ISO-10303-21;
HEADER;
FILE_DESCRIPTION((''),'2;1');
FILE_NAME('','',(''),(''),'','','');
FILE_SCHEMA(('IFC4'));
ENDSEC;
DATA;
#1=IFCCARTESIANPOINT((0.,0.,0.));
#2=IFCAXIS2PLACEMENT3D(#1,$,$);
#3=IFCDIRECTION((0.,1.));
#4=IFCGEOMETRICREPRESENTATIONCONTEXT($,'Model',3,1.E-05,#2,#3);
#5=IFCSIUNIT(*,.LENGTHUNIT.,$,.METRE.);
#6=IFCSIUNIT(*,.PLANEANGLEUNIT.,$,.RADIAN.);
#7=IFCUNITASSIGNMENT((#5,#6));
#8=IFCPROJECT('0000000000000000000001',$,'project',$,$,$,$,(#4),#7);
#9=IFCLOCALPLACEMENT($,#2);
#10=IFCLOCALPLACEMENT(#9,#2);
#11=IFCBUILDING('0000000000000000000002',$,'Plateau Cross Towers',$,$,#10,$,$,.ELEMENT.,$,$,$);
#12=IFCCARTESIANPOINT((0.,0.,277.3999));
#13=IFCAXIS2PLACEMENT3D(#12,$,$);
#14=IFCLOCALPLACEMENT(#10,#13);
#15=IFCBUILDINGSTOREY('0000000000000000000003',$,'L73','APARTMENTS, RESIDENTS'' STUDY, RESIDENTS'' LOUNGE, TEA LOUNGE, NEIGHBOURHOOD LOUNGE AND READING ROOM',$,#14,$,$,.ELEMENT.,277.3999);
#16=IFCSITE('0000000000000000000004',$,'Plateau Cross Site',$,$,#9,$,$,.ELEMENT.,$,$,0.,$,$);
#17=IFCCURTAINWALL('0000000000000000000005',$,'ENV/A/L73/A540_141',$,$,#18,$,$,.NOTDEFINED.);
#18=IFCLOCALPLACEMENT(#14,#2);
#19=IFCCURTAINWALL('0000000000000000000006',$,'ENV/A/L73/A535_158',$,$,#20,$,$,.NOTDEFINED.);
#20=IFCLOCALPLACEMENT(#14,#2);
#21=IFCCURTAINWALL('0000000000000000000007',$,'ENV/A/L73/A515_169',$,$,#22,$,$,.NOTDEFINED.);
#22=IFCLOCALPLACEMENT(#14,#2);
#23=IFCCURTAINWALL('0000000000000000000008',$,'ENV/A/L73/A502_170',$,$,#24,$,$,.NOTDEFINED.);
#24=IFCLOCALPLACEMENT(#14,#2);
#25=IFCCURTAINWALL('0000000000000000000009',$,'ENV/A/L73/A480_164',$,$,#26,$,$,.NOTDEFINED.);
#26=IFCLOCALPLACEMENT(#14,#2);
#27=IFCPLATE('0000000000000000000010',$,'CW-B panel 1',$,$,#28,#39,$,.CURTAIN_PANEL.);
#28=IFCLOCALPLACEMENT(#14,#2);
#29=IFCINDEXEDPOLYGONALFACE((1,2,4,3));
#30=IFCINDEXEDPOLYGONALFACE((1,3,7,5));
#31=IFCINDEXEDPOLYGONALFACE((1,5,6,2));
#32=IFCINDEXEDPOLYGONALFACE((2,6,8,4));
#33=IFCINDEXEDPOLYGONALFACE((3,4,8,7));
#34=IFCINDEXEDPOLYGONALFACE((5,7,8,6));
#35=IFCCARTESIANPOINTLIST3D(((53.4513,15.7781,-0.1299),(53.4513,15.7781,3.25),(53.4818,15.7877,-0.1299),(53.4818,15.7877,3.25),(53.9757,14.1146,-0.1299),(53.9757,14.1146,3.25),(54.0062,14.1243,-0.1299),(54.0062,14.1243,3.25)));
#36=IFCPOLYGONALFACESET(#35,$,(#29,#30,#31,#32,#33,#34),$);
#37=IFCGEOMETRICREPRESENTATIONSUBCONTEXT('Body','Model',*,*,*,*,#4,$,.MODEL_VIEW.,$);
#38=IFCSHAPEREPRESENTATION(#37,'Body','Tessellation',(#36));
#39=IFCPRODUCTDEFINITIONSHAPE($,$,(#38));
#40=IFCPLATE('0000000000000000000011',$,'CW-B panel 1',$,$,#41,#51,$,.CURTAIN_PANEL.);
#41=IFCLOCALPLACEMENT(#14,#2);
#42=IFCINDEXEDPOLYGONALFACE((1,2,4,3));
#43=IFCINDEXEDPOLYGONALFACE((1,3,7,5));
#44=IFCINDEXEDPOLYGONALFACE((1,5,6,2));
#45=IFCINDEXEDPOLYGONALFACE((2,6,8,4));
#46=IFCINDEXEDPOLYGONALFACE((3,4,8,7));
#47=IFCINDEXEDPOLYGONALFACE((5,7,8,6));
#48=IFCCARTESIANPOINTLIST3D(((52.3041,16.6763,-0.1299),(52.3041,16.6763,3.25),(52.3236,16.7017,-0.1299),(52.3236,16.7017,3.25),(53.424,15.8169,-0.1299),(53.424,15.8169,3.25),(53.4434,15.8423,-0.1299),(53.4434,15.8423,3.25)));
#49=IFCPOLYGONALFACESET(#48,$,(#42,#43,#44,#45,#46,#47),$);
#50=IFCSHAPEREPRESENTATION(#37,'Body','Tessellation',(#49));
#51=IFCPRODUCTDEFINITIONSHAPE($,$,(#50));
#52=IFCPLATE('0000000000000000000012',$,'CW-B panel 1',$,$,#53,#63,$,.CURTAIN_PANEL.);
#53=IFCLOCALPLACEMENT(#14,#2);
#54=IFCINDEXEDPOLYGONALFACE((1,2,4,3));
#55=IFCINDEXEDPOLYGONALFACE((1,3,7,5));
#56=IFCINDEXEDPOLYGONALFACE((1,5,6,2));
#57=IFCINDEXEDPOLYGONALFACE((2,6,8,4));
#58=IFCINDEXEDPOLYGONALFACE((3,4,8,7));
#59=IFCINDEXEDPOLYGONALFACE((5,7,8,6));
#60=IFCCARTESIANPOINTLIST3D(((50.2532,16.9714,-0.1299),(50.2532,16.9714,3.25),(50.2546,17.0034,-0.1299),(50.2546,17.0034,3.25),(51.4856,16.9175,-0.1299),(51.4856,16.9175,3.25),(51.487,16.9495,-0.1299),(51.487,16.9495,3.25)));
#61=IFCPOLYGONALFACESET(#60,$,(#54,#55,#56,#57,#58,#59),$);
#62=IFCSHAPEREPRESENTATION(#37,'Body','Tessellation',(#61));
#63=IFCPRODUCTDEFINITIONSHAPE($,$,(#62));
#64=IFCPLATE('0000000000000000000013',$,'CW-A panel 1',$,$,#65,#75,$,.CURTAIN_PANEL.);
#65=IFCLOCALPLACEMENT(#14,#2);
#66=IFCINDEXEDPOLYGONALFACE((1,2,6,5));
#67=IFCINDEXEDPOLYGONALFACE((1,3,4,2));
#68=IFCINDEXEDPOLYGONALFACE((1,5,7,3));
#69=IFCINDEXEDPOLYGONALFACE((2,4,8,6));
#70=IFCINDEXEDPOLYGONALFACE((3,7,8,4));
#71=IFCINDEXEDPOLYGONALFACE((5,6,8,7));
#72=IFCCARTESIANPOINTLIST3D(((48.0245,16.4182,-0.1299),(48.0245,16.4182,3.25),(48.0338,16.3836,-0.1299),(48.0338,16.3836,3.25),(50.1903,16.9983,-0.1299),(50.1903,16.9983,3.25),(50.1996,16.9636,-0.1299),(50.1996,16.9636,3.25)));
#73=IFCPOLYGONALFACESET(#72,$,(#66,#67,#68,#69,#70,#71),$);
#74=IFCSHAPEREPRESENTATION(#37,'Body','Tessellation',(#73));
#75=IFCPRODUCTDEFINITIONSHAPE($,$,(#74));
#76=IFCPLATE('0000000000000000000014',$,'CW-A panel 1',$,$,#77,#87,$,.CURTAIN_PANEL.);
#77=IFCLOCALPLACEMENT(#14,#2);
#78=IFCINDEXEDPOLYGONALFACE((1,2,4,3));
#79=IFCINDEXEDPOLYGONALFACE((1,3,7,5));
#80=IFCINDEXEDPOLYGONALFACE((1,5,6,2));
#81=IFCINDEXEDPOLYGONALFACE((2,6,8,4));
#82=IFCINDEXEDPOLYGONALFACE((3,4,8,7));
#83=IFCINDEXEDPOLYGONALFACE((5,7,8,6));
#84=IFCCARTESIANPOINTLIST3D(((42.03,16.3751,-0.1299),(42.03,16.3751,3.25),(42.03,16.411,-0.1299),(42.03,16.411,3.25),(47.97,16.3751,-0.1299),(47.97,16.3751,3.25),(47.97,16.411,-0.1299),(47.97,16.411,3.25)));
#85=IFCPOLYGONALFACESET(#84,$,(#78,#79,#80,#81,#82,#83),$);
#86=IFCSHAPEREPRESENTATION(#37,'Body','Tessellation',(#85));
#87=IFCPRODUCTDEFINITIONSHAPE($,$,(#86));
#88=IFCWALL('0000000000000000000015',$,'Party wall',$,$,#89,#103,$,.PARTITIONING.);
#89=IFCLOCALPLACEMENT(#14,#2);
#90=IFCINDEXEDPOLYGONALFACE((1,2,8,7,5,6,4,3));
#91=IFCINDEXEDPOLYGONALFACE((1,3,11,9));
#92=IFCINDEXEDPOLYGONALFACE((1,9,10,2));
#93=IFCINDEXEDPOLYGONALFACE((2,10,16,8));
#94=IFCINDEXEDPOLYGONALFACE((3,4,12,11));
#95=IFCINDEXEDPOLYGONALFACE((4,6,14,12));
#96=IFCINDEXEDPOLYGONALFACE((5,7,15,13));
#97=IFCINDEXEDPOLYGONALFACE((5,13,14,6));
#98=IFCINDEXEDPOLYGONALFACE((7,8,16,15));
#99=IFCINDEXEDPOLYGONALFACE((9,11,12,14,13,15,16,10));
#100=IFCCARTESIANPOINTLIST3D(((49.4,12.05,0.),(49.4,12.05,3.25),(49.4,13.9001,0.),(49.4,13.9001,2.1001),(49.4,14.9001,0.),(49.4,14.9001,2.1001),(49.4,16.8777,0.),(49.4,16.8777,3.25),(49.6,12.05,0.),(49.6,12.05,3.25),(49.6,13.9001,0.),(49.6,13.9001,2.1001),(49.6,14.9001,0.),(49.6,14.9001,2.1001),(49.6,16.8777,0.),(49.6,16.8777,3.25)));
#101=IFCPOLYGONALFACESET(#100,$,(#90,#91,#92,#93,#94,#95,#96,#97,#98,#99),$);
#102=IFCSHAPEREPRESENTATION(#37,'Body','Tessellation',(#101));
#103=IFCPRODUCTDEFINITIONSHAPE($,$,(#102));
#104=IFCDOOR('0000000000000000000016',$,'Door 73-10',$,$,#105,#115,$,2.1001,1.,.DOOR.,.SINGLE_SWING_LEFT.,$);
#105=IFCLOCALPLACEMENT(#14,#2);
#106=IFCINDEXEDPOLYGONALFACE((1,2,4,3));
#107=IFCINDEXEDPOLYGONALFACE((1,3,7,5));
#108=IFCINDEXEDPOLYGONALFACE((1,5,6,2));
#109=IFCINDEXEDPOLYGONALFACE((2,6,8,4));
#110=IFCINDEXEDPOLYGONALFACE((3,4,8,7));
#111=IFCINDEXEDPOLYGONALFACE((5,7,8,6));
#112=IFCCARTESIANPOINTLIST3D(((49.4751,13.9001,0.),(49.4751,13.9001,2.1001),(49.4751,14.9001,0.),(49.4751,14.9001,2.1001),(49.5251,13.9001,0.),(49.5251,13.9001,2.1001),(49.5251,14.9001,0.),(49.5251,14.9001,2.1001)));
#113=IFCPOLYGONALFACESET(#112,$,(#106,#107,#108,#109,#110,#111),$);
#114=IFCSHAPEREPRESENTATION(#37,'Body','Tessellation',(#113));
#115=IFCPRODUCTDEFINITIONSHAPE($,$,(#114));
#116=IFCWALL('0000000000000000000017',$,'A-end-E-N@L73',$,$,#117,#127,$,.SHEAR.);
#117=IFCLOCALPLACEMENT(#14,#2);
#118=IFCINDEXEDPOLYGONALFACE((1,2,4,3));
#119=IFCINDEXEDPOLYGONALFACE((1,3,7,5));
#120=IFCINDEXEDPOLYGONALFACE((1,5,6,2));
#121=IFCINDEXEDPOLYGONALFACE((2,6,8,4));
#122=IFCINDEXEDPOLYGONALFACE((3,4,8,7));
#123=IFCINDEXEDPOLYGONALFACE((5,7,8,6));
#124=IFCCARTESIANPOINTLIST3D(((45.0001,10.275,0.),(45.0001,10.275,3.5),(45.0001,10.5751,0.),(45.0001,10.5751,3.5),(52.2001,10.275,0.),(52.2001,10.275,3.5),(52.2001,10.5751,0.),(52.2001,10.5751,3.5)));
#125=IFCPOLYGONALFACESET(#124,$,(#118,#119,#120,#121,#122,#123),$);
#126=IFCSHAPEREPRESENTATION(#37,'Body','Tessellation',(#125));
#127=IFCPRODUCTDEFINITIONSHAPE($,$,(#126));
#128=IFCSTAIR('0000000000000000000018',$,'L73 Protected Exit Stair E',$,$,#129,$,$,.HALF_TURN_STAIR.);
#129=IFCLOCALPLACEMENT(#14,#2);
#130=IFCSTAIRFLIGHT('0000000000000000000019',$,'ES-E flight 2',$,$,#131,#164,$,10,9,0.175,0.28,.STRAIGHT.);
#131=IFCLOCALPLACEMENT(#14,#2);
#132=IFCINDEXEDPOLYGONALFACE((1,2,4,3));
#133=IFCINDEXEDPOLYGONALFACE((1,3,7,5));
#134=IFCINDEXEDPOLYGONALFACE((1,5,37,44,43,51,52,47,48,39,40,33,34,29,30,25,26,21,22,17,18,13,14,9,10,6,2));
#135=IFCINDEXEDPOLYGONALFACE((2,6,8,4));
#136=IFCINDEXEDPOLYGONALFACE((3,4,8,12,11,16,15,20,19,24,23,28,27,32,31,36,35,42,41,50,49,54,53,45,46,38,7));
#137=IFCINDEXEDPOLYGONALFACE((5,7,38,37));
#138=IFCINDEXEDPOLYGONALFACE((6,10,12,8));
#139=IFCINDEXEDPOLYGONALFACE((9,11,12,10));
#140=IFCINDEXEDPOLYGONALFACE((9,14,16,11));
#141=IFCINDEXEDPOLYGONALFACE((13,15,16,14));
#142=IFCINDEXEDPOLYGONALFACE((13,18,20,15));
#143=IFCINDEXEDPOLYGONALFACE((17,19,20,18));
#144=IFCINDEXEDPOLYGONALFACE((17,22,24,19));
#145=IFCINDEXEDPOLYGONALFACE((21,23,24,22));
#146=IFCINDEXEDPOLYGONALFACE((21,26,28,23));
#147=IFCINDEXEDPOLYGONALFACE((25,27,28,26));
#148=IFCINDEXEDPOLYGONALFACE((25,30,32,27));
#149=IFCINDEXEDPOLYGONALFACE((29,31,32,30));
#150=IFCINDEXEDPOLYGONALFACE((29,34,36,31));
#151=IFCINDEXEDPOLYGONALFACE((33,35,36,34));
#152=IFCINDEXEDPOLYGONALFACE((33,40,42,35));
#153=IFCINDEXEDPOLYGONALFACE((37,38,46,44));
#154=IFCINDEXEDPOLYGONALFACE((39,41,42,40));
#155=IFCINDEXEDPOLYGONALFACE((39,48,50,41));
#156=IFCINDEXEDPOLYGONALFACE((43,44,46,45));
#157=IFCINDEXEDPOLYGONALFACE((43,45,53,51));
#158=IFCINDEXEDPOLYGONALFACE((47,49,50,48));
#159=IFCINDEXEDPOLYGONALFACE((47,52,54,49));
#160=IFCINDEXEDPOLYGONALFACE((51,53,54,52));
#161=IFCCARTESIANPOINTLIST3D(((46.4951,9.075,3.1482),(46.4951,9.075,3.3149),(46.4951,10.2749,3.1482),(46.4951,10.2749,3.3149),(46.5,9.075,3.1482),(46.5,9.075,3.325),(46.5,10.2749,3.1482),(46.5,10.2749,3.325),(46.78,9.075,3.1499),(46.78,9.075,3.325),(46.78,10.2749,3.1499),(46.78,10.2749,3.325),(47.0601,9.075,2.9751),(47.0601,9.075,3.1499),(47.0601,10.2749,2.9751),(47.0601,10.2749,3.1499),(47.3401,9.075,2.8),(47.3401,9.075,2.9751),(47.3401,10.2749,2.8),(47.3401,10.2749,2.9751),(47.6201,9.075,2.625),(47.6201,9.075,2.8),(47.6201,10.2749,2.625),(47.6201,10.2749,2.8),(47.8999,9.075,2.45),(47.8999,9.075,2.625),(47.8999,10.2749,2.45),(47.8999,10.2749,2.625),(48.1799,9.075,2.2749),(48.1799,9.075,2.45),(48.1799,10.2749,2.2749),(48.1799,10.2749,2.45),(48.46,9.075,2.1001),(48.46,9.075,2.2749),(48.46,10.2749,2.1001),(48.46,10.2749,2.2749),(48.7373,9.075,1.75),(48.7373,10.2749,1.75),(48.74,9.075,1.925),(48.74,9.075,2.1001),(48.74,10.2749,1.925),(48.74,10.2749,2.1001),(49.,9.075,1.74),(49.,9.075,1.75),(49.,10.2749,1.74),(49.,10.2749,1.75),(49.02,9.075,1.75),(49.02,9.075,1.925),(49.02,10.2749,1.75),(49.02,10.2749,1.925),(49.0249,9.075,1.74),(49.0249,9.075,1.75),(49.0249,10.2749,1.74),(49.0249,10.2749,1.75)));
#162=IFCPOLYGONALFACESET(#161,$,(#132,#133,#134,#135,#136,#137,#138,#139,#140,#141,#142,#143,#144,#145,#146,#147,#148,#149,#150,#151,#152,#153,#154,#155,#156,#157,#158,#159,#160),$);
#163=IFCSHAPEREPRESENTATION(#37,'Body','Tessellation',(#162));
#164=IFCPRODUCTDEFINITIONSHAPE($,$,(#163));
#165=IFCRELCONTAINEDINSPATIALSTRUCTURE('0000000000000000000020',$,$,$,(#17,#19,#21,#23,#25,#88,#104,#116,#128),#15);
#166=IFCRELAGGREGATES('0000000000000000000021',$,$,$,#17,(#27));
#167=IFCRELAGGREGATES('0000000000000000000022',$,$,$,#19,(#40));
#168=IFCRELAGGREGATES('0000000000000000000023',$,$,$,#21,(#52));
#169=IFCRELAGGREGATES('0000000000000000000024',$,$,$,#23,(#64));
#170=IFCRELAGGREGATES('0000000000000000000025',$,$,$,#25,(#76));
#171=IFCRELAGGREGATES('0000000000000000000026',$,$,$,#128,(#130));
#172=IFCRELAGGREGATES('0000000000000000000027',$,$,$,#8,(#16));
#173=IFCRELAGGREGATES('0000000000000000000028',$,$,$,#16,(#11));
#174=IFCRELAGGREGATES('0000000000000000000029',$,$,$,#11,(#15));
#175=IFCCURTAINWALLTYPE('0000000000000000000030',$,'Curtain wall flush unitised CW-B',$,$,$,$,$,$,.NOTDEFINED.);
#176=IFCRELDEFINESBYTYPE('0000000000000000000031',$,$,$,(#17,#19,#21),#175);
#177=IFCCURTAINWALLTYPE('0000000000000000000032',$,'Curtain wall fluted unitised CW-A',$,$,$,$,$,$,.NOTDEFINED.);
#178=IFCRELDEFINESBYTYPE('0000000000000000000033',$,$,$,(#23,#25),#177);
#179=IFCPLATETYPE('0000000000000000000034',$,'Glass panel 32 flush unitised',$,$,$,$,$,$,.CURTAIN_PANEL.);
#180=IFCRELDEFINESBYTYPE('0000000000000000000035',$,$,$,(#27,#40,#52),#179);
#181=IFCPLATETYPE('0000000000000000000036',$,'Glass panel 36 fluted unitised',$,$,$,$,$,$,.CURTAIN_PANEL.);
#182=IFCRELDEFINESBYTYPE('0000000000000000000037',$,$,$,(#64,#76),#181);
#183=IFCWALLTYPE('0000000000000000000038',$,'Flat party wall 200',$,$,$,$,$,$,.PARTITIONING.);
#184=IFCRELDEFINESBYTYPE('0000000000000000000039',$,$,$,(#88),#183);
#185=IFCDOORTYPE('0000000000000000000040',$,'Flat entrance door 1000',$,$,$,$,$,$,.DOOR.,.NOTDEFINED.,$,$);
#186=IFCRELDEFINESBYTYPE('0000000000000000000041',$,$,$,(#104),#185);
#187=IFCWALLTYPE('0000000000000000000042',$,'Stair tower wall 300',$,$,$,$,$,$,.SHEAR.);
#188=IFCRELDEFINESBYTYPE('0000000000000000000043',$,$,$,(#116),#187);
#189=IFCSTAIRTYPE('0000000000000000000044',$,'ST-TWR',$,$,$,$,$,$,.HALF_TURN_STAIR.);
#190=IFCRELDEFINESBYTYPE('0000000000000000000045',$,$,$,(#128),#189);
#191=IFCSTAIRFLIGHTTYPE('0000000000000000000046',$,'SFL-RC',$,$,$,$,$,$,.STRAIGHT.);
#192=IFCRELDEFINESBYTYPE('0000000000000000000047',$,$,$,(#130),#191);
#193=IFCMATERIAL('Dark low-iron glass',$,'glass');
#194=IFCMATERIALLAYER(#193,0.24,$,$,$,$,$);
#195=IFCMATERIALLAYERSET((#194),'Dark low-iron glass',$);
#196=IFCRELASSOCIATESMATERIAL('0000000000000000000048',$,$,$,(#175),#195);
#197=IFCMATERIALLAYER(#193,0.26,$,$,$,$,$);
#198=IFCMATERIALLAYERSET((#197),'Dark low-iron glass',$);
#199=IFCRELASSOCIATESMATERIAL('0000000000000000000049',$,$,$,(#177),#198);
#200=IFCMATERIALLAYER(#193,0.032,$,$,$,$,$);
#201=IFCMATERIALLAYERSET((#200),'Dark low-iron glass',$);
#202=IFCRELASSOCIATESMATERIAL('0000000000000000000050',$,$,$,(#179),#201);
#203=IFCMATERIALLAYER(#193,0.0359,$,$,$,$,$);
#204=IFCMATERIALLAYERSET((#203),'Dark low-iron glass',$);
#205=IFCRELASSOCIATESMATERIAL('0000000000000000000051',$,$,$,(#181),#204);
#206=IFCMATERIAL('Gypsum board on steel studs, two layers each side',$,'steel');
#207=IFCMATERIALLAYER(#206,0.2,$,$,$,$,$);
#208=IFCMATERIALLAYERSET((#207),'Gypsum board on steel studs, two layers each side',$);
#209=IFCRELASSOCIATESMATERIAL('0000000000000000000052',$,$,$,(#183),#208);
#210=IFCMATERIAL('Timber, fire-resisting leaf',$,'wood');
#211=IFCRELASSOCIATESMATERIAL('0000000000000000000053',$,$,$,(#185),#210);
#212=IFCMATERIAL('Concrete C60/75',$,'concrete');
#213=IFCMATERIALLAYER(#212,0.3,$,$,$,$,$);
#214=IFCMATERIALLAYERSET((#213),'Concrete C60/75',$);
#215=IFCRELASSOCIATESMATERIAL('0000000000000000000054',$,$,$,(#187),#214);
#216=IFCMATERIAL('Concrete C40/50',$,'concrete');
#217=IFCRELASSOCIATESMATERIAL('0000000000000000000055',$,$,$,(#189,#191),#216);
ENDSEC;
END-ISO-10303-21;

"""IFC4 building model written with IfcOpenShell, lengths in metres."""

from ifc_helpers import new_model, si_unit, direction, frame, frame_2d, origin, origin_2d, place, context, subcontext, project, spatial, polyline, rectangle, outline, extrude, material, layer, layer_set, type_object, element, fill, aggregate, save


model = new_model("IFC4")

# Units and contexts
model_context = context("Model", 3, precision=1e-05, world=origin(), true_north=direction((0.0, 1.0)))
body_context = subcontext(model_context, "Body", "Model", "MODEL_VIEW")
ifc_project = project(units=[si_unit("LENGTHUNIT", "METRE"), si_unit("PLANEANGLEUNIT", "RADIAN")], contexts=[model_context])

# Site, building, storey
site_placement = place(None, origin())
site = spatial("IfcSite", under=ifc_project, at=site_placement, Name="Plateau Cross Site", CompositionType="ELEMENT", RefElevation=0.0)
building_placement = place(site_placement, origin())
building = spatial("IfcBuilding", under=site, at=building_placement, Name="Plateau Cross Towers", CompositionType="ELEMENT")
storey_placement = place(building_placement, frame((0.0, 0.0, 277.3999)))
storey = spatial("IfcBuildingStorey", under=building, at=storey_placement, Name="L73", Description="APARTMENTS, RESIDENTS' STUDY, RESIDENTS' LOUNGE, TEA LOUNGE, NEIGHBOURHOOD LOUNGE AND READING ROOM", CompositionType="ELEMENT", Elevation=277.3999)

# Shared definitions
ifc_material_1 = material(Name="Concrete C60/75", Category="concrete")

# Curtain wall
ifc_material_2 = material(Name="Dark low-iron glass", Category="glass")
ifc_layer_1 = layer(ifc_material_2, 0.24)
ifc_layer_set_1 = layer_set([ifc_layer_1], Name="Dark low-iron glass")
curtain_wall_type_1 = type_object("IfcCurtainWallType", Name="Curtain wall flush unitised CW-B", PredefinedType="NOTDEFINED", material=ifc_layer_set_1)
curtain_wall_1_placement = place(storey_placement, origin())
curtain_wall_1 = element("IfcCurtainWall", 1, at=curtain_wall_1_placement, inside=storey, type_object=curtain_wall_type_1, Name="ENV/A/L73/A540_141", PredefinedType="NOTDEFINED")

# Curtain wall
curtain_wall_2_placement = place(storey_placement, origin())
curtain_wall_2 = element("IfcCurtainWall", 2, at=curtain_wall_2_placement, inside=storey, type_object=curtain_wall_type_1, Name="ENV/A/L73/A535_158", PredefinedType="NOTDEFINED")

# Curtain walls
curtain_wall_3_placement = place(storey_placement, origin())
curtain_wall_3 = element("IfcCurtainWall", 3, at=curtain_wall_3_placement, inside=storey, type_object=curtain_wall_type_1, Name="ENV/A/L73/A515_169", PredefinedType="NOTDEFINED")
ifc_layer_2 = layer(ifc_material_2, 0.26)
ifc_layer_set_2 = layer_set([ifc_layer_2], Name="Dark low-iron glass")
curtain_wall_type_2 = type_object("IfcCurtainWallType", Name="Curtain wall fluted unitised CW-A", PredefinedType="NOTDEFINED", material=ifc_layer_set_2)
curtain_wall_4_placement = place(storey_placement, origin())
curtain_wall_4 = element("IfcCurtainWall", 4, at=curtain_wall_4_placement, inside=storey, type_object=curtain_wall_type_2, Name="ENV/A/L73/A502_170", PredefinedType="NOTDEFINED")
curtain_wall_5_placement = place(storey_placement, origin())
curtain_wall_5 = element("IfcCurtainWall", 5, at=curtain_wall_5_placement, inside=storey, type_object=curtain_wall_type_2, Name="ENV/A/L73/A480_164", PredefinedType="NOTDEFINED")

# Plates
ifc_layer_3 = layer(ifc_material_2, 0.032)
ifc_layer_set_3 = layer_set([ifc_layer_3], Name="Dark low-iron glass")
plate_type_1 = type_object("IfcPlateType", Name="Glass panel 32 flush unitised", PredefinedType="CURTAIN_PANEL", material=ifc_layer_set_3)
plate_1_placement = place(storey_placement, frame((53.7288, 14.9512, -0.1299), z_axis=(0.0, 0.0, 1.0), x_axis=(-0.300686, 0.953723, 0.0)))
plate_1 = element("IfcPlate", 6, at=plate_1_placement, type_object=plate_type_1, Name="CW-B panel 1", PredefinedType="CURTAIN_PANEL", context=body_context, shape_type="SweptSolid", body=[
    extrude(rectangle(XDim=1.7441, YDim=0.032, at=origin_2d()), origin(), (0.0, 0.0, 1.0), 3.3799),
])
aggregate(curtain_wall_1, [plate_1])
plate_2_placement = place(storey_placement, frame((52.8738, 16.2593, -0.1299), z_axis=(0.0, 0.0, 1.0), x_axis=(-0.793316, 0.608811, 0.0)))
plate_2 = element("IfcPlate", 7, at=plate_2_placement, type_object=plate_type_1, Name="CW-B panel 1", PredefinedType="CURTAIN_PANEL", context=body_context, shape_type="SweptSolid", body=[
    extrude(rectangle(XDim=1.4116, YDim=0.032, at=origin_2d()), origin(), (0.0, 0.0, 1.0), 3.3799),
])
aggregate(curtain_wall_2, [plate_2])
plate_3_placement = place(storey_placement, frame((50.8701, 16.9604, -0.1299), z_axis=(0.0, 0.0, 1.0), x_axis=(-0.999044, 0.043723, 0.0)))
plate_3 = element("IfcPlate", 8, at=plate_3_placement, type_object=plate_type_1, Name="CW-B panel 1", PredefinedType="CURTAIN_PANEL", context=body_context, shape_type="SweptSolid", body=[
    extrude(rectangle(XDim=1.2336, YDim=0.032, at=origin_2d()), origin(), (0.0, 0.0, 1.0), 3.3799),
])
aggregate(curtain_wall_3, [plate_3])
ifc_layer_4 = layer(ifc_material_2, 0.0359)
ifc_layer_set_4 = layer_set([ifc_layer_4], Name="Dark low-iron glass")
plate_type_2 = type_object("IfcPlateType", Name="Glass panel 36 fluted unitised", PredefinedType="CURTAIN_PANEL", material=ifc_layer_set_4)
plate_4_placement = place(storey_placement, frame((49.1121, 16.6909, -0.1299), z_axis=(0.0, 0.0, 1.0), x_axis=(-0.965958, -0.258699, 0.0)))
plate_4 = element("IfcPlate", 9, at=plate_4_placement, type_object=plate_type_2, Name="CW-A panel 1", PredefinedType="CURTAIN_PANEL", context=body_context, shape_type="SweptSolid", body=[
    extrude(rectangle(XDim=2.2422, YDim=0.0359, at=origin_2d()), origin(), (0.0, 0.0, 1.0), 3.3799),
])
aggregate(curtain_wall_4, [plate_4])
plate_5_placement = place(storey_placement, frame((45.0, 16.3931, -0.1299), z_axis=(0.0, 0.0, 1.0), x_axis=(-1.0, 0.0, 0.0)))
plate_5 = element("IfcPlate", 10, at=plate_5_placement, type_object=plate_type_2, Name="CW-A panel 1", PredefinedType="CURTAIN_PANEL", context=body_context, shape_type="SweptSolid", body=[
    extrude(rectangle(XDim=5.9399, YDim=0.0359, at=origin_2d()), origin(), (0.0, 0.0, 1.0), 3.3799),
])
aggregate(curtain_wall_5, [plate_5])

# Wall, opening, door
ifc_material_3 = material(Name="Gypsum board on steel studs, two layers each side", Category="steel")
ifc_layer_5 = layer(ifc_material_3, 0.2)
ifc_layer_set_5 = layer_set([ifc_layer_5], Name="Gypsum board on steel studs, two layers each side")
wall_type_1 = type_object("IfcWallType", Name="Flat party wall 200", PredefinedType="PARTITIONING", material=ifc_layer_set_5)
wall_1_placement = place(storey_placement, frame((49.5, 12.05, 0.0), z_axis=(0.0, 0.0, 1.0), x_axis=(0.0, 1.0, 0.0)))
wall_1 = element("IfcWall", 11, at=wall_1_placement, inside=storey, type_object=wall_type_1, Name="Party wall", PredefinedType="PARTITIONING", context=body_context, shape_type="SweptSolid", body=[
    extrude(rectangle(XDim=4.8276, YDim=0.2, at=frame_2d((2.4138, 0.0))), origin(), (0.0, 0.0, 1.0), 3.25),
])
opening_placement = place(wall_1_placement, frame((1.8501, 0.0, 0.0)))
opening = element("IfcOpeningElement", 12, at=opening_placement, cuts=wall_1, PredefinedType="OPENING", context=body_context, shape_type="SweptSolid", body=[
    extrude(rectangle(XDim=1.0, YDim=2.1001, at=frame_2d((0.5, 1.05))), frame((0.0, 0.1099, 0.0), z_axis=(0.0, -1.0, 0.0), x_axis=(1.0, 0.0, 0.0)), (0.0, 0.0, 1.0), 0.22),
])
ifc_material_4 = material(Name="Timber, fire-resisting leaf", Category="wood")
door_type = type_object("IfcDoorType", Name="Flat entrance door 1000", OperationType="NOTDEFINED", PredefinedType="DOOR", material=ifc_material_4)
door_placement = place(opening_placement, origin())
door = element("IfcDoor", 13, at=door_placement, inside=storey, type_object=door_type, Name="Door 73-10", OperationType="SINGLE_SWING_LEFT", OverallHeight=2.1001, OverallWidth=1.0, PredefinedType="DOOR", context=body_context, shape_type="SweptSolid", body=[
    extrude(rectangle(XDim=1.0, YDim=2.1001, at=frame_2d((0.5, 1.05))), frame((0.0, 0.0249, 0.0), z_axis=(0.0, -1.0, 0.0), x_axis=(1.0, 0.0, 0.0)), (0.0, 0.0, 1.0), 0.05),
])
fill(opening, door)

# Wall
ifc_layer_6 = layer(ifc_material_1, 0.3)
ifc_layer_set_6 = layer_set([ifc_layer_6], Name="Concrete C60/75")
wall_type_2 = type_object("IfcWallType", Name="Stair tower wall 300", PredefinedType="SHEAR", material=ifc_layer_set_6)
wall_2_placement = place(storey_placement, frame((45.0, 10.425, 0.0), z_axis=(0.0, 0.0, 1.0), x_axis=(1.0, 0.0, 0.0)))
element("IfcWall", 14, at=wall_2_placement, inside=storey, type_object=wall_type_2, Name="A-end-E-N@L73", PredefinedType="SHEAR", context=body_context, shape_type="SweptSolid", body=[
    extrude(rectangle(XDim=7.2, YDim=0.3, at=frame_2d((3.6001, 0.0))), origin(), (0.0, 0.0, 1.0), 3.5),
])

# Stair, stair flight
ifc_material_5 = material(Name="Concrete C40/50", Category="concrete")
stair_type = type_object("IfcStairType", Name="ST-TWR", PredefinedType="HALF_TURN_STAIR", material=ifc_material_5)
stair_placement = place(storey_placement, origin())
stair = element("IfcStair", 15, at=stair_placement, inside=storey, type_object=stair_type, Name="L73 Protected Exit Stair E", PredefinedType="HALF_TURN_STAIR")
stair_flight_type = type_object("IfcStairFlightType", Name="SFL-RC", PredefinedType="STRAIGHT", material=ifc_material_5)
stair_flight_placement = place(storey_placement, frame((49.02, 9.675, 1.75), z_axis=(0.0, 0.0, 1.0), x_axis=(-1.0, 0.0, 0.0)))
stair_flight = element("IfcStairFlight", 16, at=stair_flight_placement, type_object=stair_flight_type, Name="ES-E flight 2", NumberOfRisers=10, NumberOfTreads=9, PredefinedType="STRAIGHT", RiserHeight=0.175, TreadLength=0.28, context=body_context, shape_type="SweptSolid", body=[
    extrude(outline(polyline([(-0.0049, -0.01), (-0.0049, 0.0), (0.0, 0.0), (0.0, 0.175), (0.28, 0.175), (0.28, 0.3501), (0.5601, 0.3501), (0.5601, 0.5249), (0.8401, 0.5249), (0.8401, 0.7), (1.1201, 0.7), (1.1201, 0.875), (1.3999, 0.875), (1.3999, 1.05), (1.6799, 1.05), (1.6799, 1.2251), (1.96, 1.2251), (1.96, 1.3999), (2.24, 1.3999), (2.24, 1.575), (2.52, 1.575), (2.5249, 1.5649), (2.5249, 1.3982), (2.52, 1.3982), (0.2827, 0.0), (0.02, 0.0), (0.02, -0.01), (-0.0049, -0.01)])), frame((0.0, 0.6001, 0.0), z_axis=(0.0, -1.0, 0.0), x_axis=(1.0, 0.0, 0.0)), (0.0, 0.0, 1.0), 1.2),
])
aggregate(stair, [stair_flight])

save(model, "model.ifc")
